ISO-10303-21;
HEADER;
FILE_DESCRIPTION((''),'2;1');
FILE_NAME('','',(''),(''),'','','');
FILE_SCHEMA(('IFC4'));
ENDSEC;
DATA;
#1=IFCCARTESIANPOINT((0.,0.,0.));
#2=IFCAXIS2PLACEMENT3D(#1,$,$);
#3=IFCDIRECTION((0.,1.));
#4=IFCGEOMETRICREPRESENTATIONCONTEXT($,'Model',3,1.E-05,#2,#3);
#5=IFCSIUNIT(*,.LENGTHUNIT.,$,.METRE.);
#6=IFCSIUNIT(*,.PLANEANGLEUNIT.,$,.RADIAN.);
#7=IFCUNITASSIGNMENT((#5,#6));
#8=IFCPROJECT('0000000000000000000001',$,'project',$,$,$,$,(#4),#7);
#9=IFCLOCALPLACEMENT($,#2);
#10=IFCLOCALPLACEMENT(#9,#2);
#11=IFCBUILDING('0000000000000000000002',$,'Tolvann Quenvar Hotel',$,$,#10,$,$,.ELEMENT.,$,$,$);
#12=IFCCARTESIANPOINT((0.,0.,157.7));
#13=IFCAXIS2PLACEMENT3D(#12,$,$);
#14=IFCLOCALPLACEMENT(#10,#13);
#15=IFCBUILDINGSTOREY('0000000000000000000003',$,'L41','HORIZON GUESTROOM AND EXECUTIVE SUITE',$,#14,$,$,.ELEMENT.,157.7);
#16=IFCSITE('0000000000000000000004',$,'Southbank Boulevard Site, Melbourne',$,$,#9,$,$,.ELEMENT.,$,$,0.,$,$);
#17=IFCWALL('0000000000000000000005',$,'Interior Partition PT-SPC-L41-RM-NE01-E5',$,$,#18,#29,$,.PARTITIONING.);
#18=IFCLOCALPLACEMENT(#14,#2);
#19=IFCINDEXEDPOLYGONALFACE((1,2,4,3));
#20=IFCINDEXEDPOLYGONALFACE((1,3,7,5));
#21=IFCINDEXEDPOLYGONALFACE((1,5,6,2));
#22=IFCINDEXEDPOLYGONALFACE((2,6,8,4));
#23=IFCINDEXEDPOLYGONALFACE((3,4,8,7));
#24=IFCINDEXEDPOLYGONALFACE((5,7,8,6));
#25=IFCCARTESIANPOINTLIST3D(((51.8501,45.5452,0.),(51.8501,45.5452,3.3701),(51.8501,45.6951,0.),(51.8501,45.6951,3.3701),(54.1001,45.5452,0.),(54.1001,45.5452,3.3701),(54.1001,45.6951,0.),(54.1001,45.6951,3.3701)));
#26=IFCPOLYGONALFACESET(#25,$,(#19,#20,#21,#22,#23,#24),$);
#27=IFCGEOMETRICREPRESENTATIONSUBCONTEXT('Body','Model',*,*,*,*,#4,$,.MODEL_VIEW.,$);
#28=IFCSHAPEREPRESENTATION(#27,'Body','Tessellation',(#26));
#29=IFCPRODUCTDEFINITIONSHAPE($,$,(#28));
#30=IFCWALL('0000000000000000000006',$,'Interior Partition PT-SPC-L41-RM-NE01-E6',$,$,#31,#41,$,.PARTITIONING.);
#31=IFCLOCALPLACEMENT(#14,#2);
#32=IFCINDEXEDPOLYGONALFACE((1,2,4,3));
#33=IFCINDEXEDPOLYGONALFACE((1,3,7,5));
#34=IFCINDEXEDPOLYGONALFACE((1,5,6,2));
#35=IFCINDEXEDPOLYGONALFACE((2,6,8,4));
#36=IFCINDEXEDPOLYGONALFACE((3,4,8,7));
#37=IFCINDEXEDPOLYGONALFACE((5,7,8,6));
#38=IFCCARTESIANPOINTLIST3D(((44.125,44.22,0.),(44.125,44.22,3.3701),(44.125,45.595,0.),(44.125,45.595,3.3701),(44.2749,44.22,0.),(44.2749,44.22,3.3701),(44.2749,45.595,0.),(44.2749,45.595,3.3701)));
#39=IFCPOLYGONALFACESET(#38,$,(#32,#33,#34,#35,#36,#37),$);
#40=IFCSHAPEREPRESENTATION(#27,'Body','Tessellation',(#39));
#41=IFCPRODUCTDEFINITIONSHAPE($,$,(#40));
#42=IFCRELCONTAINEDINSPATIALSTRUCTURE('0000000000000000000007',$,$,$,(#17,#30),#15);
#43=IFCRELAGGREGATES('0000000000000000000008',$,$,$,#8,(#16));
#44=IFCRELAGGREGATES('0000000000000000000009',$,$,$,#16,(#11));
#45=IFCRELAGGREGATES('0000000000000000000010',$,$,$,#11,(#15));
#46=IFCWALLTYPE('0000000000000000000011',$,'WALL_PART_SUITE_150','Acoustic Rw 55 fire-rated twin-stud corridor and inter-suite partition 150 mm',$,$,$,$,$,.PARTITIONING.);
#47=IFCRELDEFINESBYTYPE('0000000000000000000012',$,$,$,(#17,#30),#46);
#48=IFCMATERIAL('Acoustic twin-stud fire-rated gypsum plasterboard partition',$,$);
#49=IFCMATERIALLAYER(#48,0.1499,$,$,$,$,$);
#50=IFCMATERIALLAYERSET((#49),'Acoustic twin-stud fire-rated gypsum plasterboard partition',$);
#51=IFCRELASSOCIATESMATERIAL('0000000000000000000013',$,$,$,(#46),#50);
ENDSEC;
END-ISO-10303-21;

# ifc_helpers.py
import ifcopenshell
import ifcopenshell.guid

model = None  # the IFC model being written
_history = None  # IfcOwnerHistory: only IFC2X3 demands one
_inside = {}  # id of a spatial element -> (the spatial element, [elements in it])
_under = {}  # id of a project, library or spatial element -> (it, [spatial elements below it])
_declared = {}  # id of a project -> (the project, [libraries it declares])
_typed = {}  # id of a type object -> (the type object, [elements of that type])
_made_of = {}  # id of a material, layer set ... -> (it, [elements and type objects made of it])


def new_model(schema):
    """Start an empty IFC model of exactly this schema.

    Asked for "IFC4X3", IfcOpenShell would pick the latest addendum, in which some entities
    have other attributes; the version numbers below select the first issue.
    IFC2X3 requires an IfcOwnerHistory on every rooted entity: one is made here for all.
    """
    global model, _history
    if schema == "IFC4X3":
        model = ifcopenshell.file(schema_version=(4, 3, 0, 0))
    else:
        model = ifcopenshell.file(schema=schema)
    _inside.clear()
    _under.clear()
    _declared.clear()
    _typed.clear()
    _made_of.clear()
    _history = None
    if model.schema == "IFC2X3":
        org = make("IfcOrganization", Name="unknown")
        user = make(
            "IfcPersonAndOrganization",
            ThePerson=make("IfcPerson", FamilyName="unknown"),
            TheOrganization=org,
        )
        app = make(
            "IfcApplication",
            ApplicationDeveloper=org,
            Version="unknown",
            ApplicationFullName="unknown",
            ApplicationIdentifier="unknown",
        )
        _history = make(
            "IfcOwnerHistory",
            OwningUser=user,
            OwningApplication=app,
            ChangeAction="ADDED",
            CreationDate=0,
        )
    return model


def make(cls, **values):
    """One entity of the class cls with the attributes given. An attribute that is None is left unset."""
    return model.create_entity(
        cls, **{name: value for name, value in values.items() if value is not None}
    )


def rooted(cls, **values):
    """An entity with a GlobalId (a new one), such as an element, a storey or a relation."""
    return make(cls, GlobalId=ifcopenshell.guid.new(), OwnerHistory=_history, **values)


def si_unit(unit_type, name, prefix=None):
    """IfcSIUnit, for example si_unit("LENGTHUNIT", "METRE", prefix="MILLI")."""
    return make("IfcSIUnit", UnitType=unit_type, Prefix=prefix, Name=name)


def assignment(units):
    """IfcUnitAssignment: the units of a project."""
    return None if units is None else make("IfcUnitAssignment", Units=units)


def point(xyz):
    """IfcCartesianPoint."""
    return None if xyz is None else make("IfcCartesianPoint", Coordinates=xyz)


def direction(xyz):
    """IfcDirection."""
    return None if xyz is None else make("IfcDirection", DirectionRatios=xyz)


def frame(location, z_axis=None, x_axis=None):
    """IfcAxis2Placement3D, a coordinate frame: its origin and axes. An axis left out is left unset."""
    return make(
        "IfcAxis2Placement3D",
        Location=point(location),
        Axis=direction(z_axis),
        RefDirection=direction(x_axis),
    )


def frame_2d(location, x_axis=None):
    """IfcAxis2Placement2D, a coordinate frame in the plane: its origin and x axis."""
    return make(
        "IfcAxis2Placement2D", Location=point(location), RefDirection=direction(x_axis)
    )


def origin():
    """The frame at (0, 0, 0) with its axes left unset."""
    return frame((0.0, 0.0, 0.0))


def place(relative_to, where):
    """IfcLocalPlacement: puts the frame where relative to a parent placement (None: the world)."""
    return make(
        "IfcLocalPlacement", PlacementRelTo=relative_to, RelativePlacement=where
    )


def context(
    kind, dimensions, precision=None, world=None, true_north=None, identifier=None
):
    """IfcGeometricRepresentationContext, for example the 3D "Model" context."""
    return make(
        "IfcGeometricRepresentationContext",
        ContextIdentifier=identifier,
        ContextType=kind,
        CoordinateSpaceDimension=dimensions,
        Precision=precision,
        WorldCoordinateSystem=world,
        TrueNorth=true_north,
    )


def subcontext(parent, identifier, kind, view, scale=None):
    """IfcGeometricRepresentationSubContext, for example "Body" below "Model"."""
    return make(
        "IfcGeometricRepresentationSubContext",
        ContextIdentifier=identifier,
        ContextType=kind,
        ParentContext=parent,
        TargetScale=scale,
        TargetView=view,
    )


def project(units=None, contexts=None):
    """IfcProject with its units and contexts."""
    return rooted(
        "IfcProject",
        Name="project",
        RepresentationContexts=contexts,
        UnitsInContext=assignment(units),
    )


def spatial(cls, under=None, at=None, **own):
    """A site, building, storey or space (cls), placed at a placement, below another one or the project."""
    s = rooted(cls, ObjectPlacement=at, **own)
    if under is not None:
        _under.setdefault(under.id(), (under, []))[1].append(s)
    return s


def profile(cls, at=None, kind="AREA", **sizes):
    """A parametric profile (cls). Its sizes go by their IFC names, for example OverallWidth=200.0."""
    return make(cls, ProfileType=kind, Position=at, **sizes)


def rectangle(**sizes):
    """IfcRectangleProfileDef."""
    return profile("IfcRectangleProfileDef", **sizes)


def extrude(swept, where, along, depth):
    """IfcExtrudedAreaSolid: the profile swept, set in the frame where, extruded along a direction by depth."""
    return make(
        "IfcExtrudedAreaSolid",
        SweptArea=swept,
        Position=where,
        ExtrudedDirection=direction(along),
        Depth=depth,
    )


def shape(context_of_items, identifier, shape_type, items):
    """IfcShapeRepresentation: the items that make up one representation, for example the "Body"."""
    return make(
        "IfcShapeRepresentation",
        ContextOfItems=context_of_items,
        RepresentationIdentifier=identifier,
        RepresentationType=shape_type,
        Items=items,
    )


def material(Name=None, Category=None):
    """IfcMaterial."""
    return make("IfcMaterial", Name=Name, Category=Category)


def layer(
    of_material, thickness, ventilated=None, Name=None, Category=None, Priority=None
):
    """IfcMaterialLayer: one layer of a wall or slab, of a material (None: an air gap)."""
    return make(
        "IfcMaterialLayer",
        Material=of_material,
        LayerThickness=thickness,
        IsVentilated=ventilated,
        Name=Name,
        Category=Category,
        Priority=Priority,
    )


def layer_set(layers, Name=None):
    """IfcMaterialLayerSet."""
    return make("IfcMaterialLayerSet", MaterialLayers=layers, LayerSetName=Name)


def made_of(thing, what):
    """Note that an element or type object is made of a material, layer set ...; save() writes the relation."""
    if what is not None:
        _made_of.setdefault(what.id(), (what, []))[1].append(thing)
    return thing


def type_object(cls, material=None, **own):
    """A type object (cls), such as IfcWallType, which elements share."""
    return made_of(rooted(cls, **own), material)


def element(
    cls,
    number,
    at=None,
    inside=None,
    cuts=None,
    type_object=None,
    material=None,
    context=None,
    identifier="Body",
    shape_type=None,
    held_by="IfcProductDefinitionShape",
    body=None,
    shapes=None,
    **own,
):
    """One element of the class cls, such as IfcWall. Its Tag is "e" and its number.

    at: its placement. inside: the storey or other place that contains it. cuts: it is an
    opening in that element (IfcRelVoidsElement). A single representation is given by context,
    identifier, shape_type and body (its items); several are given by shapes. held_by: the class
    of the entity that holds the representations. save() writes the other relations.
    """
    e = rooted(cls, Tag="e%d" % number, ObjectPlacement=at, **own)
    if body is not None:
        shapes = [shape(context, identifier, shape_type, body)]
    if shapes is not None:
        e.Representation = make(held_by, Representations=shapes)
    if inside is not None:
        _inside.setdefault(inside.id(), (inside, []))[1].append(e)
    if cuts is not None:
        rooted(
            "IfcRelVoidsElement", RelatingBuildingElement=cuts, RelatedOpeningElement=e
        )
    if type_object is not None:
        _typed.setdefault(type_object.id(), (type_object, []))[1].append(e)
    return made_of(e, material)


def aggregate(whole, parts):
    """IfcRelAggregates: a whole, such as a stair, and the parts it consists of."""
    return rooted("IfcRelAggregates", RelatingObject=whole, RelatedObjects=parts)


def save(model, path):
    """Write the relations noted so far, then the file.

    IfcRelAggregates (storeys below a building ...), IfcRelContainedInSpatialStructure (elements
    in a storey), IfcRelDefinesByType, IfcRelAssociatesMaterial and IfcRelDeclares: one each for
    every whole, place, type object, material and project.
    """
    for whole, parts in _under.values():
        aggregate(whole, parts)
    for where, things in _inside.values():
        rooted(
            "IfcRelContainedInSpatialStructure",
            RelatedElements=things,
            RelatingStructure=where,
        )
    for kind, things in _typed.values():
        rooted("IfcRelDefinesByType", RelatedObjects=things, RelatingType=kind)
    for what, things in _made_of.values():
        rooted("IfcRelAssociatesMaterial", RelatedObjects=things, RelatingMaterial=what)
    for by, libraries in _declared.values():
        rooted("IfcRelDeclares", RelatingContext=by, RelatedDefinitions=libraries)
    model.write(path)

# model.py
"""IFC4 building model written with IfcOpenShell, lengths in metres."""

from ifc_helpers import new_model, si_unit, direction, frame, frame_2d, origin, place, context, subcontext, project, spatial, rectangle, extrude, material, layer, layer_set, type_object, element, save


model = new_model("IFC4")

# Units and contexts
model_context = context("Model", 3, precision=1e-05, world=origin(), true_north=direction((0.0, 1.0)))
body_context = subcontext(model_context, "Body", "Model", "MODEL_VIEW")
ifc_project = project(units=[si_unit("LENGTHUNIT", "METRE"), si_unit("PLANEANGLEUNIT", "RADIAN")], contexts=[model_context])

# Site, building, storey
site_placement = place(None, origin())
site = spatial("IfcSite", under=ifc_project, at=site_placement, Name="Southbank Boulevard Site, Melbourne", CompositionType="ELEMENT", RefElevation=0.0)
building_placement = place(site_placement, origin())
building = spatial("IfcBuilding", under=site, at=building_placement, Name="Tolvann Quenvar Hotel", CompositionType="ELEMENT")
storey_placement = place(building_placement, frame((0.0, 0.0, 157.7)))
storey = spatial("IfcBuildingStorey", under=building, at=storey_placement, Name="L41", Description="HORIZON GUESTROOM AND EXECUTIVE SUITE", CompositionType="ELEMENT", Elevation=157.7)

# Walls
ifc_material_1 = material(Name="Acoustic twin-stud fire-rated gypsum plasterboard partition")
ifc_layer_1 = layer(ifc_material_1, 0.1499)
ifc_layer_set_1 = layer_set([ifc_layer_1], Name="Acoustic twin-stud fire-rated gypsum plasterboard partition")
wall_type_1 = type_object("IfcWallType", Name="WALL_PART_SUITE_150", Description="Acoustic Rw 55 fire-rated twin-stud corridor and inter-suite partition 150 mm", PredefinedType="PARTITIONING", material=ifc_layer_set_1)
wall_1_placement = place(storey_placement, frame((51.8501, 45.6201, 0.0), z_axis=(0.0, 0.0, 1.0), x_axis=(1.0, 0.0, 0.0)))
element("IfcWall", 1, at=wall_1_placement, inside=storey, type_object=wall_type_1, Name="Interior Partition PT-SPC-L41-RM-NE01-E5", PredefinedType="PARTITIONING", context=body_context, shape_type="SweptSolid", body=[
    extrude(rectangle(XDim=2.25, YDim=0.1499, at=frame_2d((1.125, 0.0))), origin(), (0.0, 0.0, 1.0), 3.3701),
])
wall_2_placement = place(storey_placement, frame((44.2, 44.22, 0.0), z_axis=(0.0, 0.0, 1.0), x_axis=(0.0, 1.0, 0.0)))
element("IfcWall", 2, at=wall_2_placement, inside=storey, type_object=wall_type_1, Name="Interior Partition PT-SPC-L41-RM-NE01-E6", PredefinedType="PARTITIONING", context=body_context, shape_type="SweptSolid", body=[
    extrude(rectangle(XDim=1.375, YDim=0.1499, at=frame_2d((0.6875, 0.0))), origin(), (0.0, 0.0, 1.0), 3.3701),
])

save(model, "model.ifc")
